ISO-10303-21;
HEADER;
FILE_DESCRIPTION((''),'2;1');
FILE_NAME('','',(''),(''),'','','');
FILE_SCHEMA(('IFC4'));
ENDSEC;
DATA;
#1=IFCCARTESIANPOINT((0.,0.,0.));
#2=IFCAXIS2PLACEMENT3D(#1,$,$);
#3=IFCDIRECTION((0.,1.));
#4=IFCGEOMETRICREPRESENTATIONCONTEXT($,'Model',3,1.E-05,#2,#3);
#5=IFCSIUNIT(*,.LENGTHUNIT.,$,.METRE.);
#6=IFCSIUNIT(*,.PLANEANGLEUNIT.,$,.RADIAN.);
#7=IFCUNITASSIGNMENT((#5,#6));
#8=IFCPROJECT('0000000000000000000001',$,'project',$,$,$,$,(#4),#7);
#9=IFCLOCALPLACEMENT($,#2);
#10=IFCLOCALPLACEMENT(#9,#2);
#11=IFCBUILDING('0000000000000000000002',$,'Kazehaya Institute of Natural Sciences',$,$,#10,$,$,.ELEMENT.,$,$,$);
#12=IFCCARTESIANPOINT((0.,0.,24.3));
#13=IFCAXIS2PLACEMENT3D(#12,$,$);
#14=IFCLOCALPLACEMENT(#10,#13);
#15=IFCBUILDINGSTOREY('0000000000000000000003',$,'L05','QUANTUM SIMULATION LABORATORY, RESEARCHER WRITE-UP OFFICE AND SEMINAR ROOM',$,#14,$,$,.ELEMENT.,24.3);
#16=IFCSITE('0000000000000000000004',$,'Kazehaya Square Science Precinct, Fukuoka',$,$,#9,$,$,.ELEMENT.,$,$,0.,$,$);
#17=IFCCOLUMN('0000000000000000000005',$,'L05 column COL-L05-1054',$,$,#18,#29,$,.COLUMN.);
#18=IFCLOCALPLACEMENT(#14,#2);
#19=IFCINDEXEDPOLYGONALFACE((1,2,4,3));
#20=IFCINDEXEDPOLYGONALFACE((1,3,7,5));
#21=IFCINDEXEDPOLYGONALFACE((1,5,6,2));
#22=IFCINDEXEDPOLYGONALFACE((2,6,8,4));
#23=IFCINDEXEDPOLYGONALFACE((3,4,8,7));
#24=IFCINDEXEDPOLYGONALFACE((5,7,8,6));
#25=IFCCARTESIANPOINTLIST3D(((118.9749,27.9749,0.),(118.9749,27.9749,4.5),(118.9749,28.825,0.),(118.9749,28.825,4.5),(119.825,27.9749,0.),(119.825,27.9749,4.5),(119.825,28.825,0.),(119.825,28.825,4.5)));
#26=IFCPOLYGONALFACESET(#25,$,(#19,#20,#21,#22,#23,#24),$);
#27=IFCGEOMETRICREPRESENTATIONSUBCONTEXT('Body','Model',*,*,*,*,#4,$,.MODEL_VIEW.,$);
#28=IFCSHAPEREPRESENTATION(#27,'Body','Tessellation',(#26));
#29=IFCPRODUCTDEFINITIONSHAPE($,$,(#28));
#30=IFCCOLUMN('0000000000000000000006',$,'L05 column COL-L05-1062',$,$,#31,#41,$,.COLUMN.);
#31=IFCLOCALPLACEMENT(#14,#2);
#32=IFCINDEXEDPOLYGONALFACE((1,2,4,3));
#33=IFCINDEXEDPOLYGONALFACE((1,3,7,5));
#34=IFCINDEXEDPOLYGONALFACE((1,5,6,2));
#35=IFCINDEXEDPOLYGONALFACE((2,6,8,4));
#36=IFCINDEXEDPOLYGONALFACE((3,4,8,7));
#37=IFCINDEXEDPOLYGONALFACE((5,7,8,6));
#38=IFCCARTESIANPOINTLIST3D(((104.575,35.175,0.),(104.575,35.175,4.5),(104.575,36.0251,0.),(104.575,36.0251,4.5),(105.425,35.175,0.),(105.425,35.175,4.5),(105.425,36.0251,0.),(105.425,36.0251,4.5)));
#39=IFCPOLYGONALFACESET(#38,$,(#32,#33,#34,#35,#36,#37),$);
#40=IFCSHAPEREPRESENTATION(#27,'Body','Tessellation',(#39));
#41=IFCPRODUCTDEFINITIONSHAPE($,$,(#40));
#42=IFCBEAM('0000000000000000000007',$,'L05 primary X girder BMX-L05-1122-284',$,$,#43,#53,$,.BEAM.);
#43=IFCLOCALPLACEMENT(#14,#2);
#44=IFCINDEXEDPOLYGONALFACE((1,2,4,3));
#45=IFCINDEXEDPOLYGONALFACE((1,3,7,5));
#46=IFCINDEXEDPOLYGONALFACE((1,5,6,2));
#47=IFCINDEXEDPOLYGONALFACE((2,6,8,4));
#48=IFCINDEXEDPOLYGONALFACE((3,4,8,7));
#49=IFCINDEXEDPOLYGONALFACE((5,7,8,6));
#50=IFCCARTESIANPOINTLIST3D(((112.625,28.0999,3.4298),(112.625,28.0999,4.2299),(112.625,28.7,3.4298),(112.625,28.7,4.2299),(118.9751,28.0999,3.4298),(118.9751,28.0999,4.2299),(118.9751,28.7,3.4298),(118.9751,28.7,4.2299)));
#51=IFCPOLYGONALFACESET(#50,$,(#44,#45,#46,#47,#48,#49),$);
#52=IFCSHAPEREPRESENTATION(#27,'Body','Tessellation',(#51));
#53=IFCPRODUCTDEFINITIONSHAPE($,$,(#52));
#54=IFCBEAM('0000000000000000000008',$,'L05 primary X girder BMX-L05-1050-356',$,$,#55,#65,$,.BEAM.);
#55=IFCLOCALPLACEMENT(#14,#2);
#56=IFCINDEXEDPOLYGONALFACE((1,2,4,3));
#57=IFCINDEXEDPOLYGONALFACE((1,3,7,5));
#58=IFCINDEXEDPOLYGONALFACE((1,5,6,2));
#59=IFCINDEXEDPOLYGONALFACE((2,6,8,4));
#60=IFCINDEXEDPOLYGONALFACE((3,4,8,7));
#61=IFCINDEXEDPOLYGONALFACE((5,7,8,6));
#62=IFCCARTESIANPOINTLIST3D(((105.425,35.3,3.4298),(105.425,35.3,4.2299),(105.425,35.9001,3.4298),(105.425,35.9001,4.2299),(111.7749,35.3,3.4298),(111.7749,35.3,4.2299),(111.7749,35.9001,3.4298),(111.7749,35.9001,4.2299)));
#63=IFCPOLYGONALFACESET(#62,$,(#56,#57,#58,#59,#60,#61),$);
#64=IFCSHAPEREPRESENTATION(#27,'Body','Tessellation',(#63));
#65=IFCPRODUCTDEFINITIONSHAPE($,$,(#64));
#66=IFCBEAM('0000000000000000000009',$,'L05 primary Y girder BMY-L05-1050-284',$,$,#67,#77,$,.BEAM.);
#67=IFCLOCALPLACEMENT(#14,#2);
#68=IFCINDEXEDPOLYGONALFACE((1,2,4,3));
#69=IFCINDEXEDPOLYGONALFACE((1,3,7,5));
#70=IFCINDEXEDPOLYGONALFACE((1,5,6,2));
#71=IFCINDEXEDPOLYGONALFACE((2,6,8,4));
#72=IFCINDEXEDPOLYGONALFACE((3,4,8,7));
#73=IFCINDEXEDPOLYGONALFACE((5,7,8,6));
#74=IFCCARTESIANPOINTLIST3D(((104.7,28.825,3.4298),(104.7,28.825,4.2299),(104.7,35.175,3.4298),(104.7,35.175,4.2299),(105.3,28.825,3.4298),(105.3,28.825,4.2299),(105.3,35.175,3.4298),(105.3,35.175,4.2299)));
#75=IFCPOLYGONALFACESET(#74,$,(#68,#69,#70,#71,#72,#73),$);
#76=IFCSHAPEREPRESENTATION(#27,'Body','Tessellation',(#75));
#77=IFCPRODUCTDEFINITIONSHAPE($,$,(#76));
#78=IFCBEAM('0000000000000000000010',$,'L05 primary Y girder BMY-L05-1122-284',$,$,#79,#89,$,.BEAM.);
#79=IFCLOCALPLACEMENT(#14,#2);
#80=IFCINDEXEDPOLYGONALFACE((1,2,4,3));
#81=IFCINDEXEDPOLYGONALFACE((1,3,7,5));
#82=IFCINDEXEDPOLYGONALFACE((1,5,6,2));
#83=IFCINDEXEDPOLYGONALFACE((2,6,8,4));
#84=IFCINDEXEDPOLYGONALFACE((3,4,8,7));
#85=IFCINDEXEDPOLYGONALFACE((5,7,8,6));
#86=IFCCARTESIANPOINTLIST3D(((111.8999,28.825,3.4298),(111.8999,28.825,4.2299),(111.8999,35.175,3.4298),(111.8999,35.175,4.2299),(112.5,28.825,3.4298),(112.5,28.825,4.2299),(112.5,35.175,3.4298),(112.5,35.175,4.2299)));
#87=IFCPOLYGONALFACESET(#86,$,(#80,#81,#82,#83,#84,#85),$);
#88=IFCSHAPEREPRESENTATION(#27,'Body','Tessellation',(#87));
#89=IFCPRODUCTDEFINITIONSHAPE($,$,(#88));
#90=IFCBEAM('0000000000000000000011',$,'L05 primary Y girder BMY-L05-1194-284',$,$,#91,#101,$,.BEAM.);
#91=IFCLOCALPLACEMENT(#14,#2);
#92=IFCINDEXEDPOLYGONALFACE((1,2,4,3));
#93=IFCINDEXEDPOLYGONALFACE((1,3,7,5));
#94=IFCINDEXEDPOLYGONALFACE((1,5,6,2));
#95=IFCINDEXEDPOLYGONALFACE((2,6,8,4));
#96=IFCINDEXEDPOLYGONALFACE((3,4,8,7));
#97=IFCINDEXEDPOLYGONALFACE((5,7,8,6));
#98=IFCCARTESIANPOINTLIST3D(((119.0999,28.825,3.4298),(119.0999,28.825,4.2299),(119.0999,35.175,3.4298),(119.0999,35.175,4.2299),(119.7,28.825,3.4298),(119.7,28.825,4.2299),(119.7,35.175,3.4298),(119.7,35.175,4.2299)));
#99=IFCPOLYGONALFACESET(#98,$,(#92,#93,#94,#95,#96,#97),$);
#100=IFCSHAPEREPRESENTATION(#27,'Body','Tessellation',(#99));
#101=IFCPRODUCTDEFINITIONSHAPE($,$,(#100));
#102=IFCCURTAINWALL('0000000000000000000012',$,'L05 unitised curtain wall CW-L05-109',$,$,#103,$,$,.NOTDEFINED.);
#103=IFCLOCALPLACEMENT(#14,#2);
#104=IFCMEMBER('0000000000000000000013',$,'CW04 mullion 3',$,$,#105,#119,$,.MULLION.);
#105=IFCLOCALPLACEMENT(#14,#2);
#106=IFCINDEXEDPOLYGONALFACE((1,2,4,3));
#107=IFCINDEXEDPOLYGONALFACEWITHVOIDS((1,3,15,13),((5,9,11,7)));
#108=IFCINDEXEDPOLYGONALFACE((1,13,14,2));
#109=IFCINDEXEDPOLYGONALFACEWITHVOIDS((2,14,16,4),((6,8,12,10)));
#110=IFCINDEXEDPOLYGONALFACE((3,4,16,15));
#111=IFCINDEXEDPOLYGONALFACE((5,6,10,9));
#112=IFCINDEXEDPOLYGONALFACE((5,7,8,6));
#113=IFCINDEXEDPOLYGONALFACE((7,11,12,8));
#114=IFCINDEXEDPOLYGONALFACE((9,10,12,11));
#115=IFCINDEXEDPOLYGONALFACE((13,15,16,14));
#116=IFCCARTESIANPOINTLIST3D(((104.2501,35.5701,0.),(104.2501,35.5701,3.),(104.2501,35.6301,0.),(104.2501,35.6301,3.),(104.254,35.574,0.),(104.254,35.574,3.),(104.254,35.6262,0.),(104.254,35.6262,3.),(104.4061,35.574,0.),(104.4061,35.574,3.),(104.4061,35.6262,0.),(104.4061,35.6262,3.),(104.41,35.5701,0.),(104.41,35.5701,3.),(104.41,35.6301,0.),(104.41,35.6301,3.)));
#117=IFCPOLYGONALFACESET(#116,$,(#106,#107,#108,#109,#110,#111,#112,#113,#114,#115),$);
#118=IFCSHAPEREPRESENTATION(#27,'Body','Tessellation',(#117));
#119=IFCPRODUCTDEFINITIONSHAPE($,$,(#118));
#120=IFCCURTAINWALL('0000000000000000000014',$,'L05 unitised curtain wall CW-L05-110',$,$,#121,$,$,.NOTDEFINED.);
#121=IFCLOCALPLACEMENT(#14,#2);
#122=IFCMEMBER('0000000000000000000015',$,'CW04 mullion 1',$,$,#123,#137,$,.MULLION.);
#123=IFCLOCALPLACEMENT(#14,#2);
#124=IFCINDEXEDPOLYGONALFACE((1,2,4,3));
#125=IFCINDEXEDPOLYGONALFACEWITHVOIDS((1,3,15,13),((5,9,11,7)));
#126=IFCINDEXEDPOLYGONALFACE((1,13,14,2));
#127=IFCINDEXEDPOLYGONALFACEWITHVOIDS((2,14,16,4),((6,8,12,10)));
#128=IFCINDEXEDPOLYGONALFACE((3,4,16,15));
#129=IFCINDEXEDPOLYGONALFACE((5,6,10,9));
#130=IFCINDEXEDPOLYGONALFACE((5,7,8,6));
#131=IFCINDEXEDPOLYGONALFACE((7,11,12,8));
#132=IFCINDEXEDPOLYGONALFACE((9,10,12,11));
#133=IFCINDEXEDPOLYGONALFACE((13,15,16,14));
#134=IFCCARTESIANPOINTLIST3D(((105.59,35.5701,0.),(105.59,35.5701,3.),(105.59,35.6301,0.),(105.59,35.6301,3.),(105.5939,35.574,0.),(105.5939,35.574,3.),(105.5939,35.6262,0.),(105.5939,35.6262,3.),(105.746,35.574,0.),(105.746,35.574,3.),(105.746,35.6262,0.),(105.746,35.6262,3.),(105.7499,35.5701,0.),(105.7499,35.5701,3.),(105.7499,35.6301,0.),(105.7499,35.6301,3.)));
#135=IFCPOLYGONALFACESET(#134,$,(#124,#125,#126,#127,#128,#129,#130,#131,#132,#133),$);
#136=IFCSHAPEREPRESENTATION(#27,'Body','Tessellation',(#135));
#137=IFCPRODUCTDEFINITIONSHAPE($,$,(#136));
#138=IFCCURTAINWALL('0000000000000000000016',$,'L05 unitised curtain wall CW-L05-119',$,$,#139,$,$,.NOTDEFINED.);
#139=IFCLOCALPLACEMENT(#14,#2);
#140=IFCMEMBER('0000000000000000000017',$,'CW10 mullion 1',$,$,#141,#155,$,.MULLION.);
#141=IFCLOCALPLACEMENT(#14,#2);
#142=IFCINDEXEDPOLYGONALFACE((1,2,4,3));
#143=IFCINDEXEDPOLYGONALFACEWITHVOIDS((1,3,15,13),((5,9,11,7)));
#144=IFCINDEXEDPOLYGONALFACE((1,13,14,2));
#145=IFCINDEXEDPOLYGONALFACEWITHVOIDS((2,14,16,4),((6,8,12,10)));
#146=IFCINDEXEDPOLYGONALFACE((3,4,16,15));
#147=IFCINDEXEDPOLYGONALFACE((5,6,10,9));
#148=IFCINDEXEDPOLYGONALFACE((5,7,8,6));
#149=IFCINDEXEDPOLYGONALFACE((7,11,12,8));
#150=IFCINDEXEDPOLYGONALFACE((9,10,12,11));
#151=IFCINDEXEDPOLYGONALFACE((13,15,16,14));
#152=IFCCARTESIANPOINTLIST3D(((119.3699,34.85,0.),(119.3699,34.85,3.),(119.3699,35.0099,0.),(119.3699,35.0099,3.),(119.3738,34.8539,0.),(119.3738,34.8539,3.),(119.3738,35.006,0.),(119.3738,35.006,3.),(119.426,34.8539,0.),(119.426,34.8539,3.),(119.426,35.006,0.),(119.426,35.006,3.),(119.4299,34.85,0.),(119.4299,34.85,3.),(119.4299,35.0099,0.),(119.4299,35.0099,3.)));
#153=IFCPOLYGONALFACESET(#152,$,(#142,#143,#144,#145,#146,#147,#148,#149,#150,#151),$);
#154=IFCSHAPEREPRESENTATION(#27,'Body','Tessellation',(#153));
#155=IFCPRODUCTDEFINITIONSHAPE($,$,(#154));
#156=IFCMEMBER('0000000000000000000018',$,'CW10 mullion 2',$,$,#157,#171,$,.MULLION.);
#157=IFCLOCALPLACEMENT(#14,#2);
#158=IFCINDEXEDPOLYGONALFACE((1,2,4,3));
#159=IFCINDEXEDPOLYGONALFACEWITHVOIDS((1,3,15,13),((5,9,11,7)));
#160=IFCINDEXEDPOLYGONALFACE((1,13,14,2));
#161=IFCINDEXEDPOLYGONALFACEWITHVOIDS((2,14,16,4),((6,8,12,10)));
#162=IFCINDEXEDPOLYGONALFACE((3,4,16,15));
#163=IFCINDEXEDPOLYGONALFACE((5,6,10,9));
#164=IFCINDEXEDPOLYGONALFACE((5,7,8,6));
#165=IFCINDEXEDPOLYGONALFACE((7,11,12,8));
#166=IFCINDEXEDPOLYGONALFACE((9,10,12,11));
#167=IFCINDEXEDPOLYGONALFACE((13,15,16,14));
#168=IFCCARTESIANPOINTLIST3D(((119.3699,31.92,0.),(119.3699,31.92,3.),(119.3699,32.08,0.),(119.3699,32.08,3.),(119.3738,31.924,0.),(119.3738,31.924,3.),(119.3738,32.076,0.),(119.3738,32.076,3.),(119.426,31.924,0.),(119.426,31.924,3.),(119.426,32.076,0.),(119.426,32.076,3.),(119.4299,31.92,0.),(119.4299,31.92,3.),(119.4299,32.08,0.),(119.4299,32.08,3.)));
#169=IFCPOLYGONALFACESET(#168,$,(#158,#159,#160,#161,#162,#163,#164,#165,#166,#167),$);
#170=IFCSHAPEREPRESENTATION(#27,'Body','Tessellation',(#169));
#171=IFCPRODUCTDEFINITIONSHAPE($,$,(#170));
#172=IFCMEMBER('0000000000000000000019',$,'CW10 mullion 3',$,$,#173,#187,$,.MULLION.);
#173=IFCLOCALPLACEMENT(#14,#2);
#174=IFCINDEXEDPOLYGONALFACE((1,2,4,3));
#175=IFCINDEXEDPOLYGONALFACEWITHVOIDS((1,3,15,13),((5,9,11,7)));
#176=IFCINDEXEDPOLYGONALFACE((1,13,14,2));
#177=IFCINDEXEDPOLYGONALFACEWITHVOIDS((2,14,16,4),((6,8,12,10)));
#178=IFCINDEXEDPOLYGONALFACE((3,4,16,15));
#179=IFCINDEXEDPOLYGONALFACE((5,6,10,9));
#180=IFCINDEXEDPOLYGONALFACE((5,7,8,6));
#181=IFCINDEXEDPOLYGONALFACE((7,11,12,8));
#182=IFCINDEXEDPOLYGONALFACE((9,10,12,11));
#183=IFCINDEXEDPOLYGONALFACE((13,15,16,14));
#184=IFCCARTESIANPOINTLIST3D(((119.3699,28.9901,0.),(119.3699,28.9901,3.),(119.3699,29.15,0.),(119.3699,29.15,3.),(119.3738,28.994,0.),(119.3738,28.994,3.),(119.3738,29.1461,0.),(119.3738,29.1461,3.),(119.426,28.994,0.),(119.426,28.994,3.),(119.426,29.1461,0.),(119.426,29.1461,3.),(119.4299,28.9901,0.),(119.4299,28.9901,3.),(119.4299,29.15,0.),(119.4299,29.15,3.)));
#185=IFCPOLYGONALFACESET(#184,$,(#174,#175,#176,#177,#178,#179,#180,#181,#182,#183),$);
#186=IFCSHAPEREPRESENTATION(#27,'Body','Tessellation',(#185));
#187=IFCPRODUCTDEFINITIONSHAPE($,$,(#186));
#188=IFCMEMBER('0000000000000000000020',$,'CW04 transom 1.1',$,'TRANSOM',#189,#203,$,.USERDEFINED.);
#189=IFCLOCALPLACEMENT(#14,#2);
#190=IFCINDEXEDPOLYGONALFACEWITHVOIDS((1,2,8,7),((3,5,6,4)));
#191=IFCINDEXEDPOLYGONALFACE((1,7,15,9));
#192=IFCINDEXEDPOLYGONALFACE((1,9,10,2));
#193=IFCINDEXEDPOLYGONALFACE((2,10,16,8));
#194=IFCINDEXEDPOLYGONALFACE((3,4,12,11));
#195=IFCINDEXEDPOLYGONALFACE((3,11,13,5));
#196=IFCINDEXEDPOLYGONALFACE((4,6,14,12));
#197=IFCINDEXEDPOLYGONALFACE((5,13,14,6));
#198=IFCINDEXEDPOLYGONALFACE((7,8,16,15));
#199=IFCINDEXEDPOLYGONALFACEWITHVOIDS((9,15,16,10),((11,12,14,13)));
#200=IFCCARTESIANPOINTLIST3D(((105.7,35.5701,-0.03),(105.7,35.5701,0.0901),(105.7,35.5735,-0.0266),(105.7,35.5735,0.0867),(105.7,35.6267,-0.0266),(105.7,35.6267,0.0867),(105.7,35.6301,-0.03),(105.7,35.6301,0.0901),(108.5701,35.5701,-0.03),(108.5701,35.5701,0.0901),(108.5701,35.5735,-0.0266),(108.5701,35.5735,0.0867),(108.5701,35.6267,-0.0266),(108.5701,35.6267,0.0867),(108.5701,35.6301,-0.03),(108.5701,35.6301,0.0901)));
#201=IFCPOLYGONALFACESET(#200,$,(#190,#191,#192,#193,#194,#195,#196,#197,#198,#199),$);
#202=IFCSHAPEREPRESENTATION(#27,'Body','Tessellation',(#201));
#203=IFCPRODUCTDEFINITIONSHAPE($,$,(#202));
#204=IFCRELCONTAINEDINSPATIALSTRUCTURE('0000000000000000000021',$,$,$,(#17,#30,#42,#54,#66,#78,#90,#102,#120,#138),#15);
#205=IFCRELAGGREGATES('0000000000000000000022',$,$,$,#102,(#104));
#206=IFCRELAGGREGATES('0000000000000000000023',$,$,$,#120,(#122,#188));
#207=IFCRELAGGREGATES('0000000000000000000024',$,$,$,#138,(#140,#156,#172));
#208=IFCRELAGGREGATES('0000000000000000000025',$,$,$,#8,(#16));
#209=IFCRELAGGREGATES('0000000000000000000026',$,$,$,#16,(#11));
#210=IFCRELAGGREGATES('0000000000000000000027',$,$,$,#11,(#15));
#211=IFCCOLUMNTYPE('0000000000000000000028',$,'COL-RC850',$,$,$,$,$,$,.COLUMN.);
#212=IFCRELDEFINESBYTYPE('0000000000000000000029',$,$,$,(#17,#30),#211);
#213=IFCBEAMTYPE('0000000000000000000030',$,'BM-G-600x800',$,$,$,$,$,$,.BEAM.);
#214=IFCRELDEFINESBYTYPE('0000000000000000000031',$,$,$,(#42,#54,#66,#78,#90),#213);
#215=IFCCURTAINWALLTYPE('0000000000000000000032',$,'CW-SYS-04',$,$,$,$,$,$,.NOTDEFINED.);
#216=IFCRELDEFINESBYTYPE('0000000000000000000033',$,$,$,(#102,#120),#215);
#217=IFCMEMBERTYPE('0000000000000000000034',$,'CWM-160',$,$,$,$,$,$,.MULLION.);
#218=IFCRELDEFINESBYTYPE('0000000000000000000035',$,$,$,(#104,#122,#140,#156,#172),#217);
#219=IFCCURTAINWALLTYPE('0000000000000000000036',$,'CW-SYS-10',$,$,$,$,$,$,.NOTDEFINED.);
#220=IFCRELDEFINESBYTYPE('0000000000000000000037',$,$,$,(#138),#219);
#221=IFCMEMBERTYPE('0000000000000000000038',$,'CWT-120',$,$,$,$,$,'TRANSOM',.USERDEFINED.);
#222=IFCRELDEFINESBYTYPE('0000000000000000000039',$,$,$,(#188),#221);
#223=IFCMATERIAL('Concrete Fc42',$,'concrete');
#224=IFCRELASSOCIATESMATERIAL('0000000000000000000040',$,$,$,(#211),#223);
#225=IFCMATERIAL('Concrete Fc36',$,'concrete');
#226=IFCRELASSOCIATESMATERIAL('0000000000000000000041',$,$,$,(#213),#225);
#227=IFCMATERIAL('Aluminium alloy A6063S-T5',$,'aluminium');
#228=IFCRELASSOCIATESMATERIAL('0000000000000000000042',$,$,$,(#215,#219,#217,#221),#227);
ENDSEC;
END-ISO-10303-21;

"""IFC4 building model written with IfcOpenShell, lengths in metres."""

from ifc_helpers import new_model, si_unit, direction, frame, origin, origin_2d, place, context, subcontext, project, spatial, rectangle, hollow_rectangle, extrude, material, material_profile, profile_set, type_object, element, aggregate, save


model = new_model("IFC4")

# Units and contexts
model_context = context("Model", 3, precision=1e-05, world=origin(), true_north=direction((0.0, 1.0)))
body_context = subcontext(model_context, "Body", "Model", "MODEL_VIEW")
ifc_project = project(units=[si_unit("LENGTHUNIT", "METRE"), si_unit("PLANEANGLEUNIT", "RADIAN")], contexts=[model_context])

# Site, building, storey
site_placement = place(None, origin())
site = spatial("IfcSite", under=ifc_project, at=site_placement, Name="Kazehaya Square Science Precinct, Fukuoka", CompositionType="ELEMENT", RefElevation=0.0)
building_placement = place(site_placement, origin())
building = spatial("IfcBuilding", under=site, at=building_placement, Name="Kazehaya Institute of Natural Sciences", CompositionType="ELEMENT")
storey_placement = place(building_placement, frame((0.0, 0.0, 24.3)))
storey = spatial("IfcBuildingStorey", under=building, at=storey_placement, Name="L05", Description="QUANTUM SIMULATION LABORATORY, RESEARCHER WRITE-UP OFFICE AND SEMINAR ROOM", CompositionType="ELEMENT", Elevation=24.3)

# Columns
ifc_material_1 = material(Name="Concrete Fc42", Category="concrete")
ifc_material_profile_1 = material_profile(ifc_material_1, rectangle(XDim=0.8501, YDim=0.8501, at=origin_2d()), Name="RC-850x850")
ifc_profile_set_1 = profile_set([ifc_material_profile_1], Name="Concrete Fc42")
column_type = type_object("IfcColumnType", Name="COL-RC850", PredefinedType="COLUMN", material=ifc_profile_set_1)
for number, where, z_axis, x_axis, name in (
    (1, (119.3999, 28.3999, 0.0), (0.0, 0.0, 1.0), (1.0, 0.0, 0.0), "L05 column COL-L05-1054"),
    (2, (105.0, 35.6001, 0.0), (0.0, 0.0, 1.0), (1.0, 0.0, 0.0), "L05 column COL-L05-1062"),
):
    element("IfcColumn", number, at=place(storey_placement, frame(where, z_axis=z_axis, x_axis=x_axis)), inside=storey, type_object=column_type, Name=name, PredefinedType="COLUMN", context=body_context, shape_type="SweptSolid", body=[
        extrude(rectangle(XDim=0.8501, YDim=0.8501, at=origin_2d()), origin(), (0.0, 0.0, 1.0), 4.5),
    ])

# Beams
ifc_material_2 = material(Name="Concrete Fc36", Category="concrete")
ifc_material_profile_2 = material_profile(ifc_material_2, rectangle(XDim=0.6001, YDim=0.8, at=origin_2d()), Name="RC-600x800")
ifc_profile_set_2 = profile_set([ifc_material_profile_2], Name="Concrete Fc36")
beam_type = type_object("IfcBeamType", Name="BM-G-600x800", PredefinedType="BEAM", material=ifc_profile_set_2)
beam_1_placement = place(storey_placement, frame((112.625, 28.3999, 3.8298), z_axis=(1.0, 0.0, 0.0), x_axis=(0.0, 1.0, 0.0)))
element("IfcBeam", 3, at=beam_1_placement, inside=storey, type_object=beam_type, Name="L05 primary X girder BMX-L05-1122-284", PredefinedType="BEAM", context=body_context, shape_type="SweptSolid", body=[
    extrude(rectangle(XDim=0.6001, YDim=0.8, at=origin_2d()), origin(), (0.0, 0.0, 1.0), 6.3501),
])
beam_2_placement = place(storey_placement, frame((105.425, 35.6001, 3.8298), z_axis=(1.0, 0.0, 0.0), x_axis=(0.0, 1.0, 0.0)))
element("IfcBeam", 4, at=beam_2_placement, inside=storey, type_object=beam_type, Name="L05 primary X girder BMX-L05-1050-356", PredefinedType="BEAM", context=body_context, shape_type="SweptSolid", body=[
    extrude(rectangle(XDim=0.6001, YDim=0.8, at=origin_2d()), origin(), (0.0, 0.0, 1.0), 6.3499),
])
for number, where, z_axis, x_axis, name in (
    (5, (105.0, 28.825, 3.8298), (0.0, 1.0, 0.0), (-1.0, 0.0, 0.0), "L05 primary Y girder BMY-L05-1050-284"),
    (6, (112.2, 28.825, 3.8298), (0.0, 1.0, 0.0), (-1.0, 0.0, 0.0), "L05 primary Y girder BMY-L05-1122-284"),
    (7, (119.3999, 28.825, 3.8298), (0.0, 1.0, 0.0), (-1.0, 0.0, 0.0), "L05 primary Y girder BMY-L05-1194-284"),
):
    element("IfcBeam", number, at=place(storey_placement, frame(where, z_axis=z_axis, x_axis=x_axis)), inside=storey, type_object=beam_type, Name=name, PredefinedType="BEAM", context=body_context, shape_type="SweptSolid", body=[
        extrude(rectangle(XDim=0.6001, YDim=0.8, at=origin_2d()), origin(), (0.0, 0.0, 1.0), 6.3501),
    ])

# Curtain walls, members
ifc_material_3 = material(Name="Aluminium alloy A6063S-T5", Category="aluminium")
curtain_wall_type_1 = type_object("IfcCurtainWallType", Name="CW-SYS-04", PredefinedType="NOTDEFINED", material=ifc_material_3)
curtain_wall_1_placement = place(storey_placement, origin())
curtain_wall_1 = element("IfcCurtainWall", 8, at=curtain_wall_1_placement, inside=storey, type_object=curtain_wall_type_1, Name="L05 unitised curtain wall CW-L05-109", PredefinedType="NOTDEFINED")
ifc_material_profile_3 = material_profile(ifc_material_3, hollow_rectangle(XDim=0.0601, YDim=0.1599, WallThickness=0.0039, at=origin_2d()), Name="ALU-60x160x4")
ifc_profile_set_3 = profile_set([ifc_material_profile_3], Name="Aluminium alloy A6063S-T5")
member_type_1 = type_object("IfcMemberType", Name="CWM-160", PredefinedType="MULLION", material=ifc_profile_set_3)
member_1_placement = place(storey_placement, frame((104.3301, 35.6001, 0.0), z_axis=(0.0, 0.0, 1.0), x_axis=(0.0, 1.0, 0.0)))
member_1 = element("IfcMember", 9, at=member_1_placement, type_object=member_type_1, Name="CW04 mullion 3", PredefinedType="MULLION", context=body_context, shape_type="SweptSolid", body=[
    extrude(hollow_rectangle(XDim=0.0601, YDim=0.1599, WallThickness=0.0039, at=origin_2d()), origin(), (0.0, 0.0, 1.0), 3.0),
])
aggregate(curtain_wall_1, [member_1])
curtain_wall_2_placement = place(storey_placement, origin())
curtain_wall_2 = element("IfcCurtainWall", 10, at=curtain_wall_2_placement, inside=storey, type_object=curtain_wall_type_1, Name="L05 unitised curtain wall CW-L05-110", PredefinedType="NOTDEFINED")
member_2_placement = place(storey_placement, frame((105.6699, 35.6001, 0.0), z_axis=(0.0, 0.0, 1.0), x_axis=(0.0, 1.0, 0.0)))
member_2 = element("IfcMember", 11, at=member_2_placement, type_object=member_type_1, Name="CW04 mullion 1", PredefinedType="MULLION", context=body_context, shape_type="SweptSolid", body=[
    extrude(hollow_rectangle(XDim=0.0601, YDim=0.1599, WallThickness=0.0039, at=origin_2d()), origin(), (0.0, 0.0, 1.0), 3.0),
])

# Curtain wall, members
curtain_wall_type_2 = type_object("IfcCurtainWallType", Name="CW-SYS-10", PredefinedType="NOTDEFINED", material=ifc_material_3)
curtain_wall_3_placement = place(storey_placement, origin())
curtain_wall_3 = element("IfcCurtainWall", 12, at=curtain_wall_3_placement, inside=storey, type_object=curtain_wall_type_2, Name="L05 unitised curtain wall CW-L05-119", PredefinedType="NOTDEFINED")
member_3_placement = place(storey_placement, frame((119.3999, 34.9299, 0.0), z_axis=(0.0, 0.0, 1.0), x_axis=(1.0, 0.0, 0.0)))
member_3 = element("IfcMember", 13, at=member_3_placement, type_object=member_type_1, Name="CW10 mullion 1", PredefinedType="MULLION", context=body_context, shape_type="SweptSolid", body=[
    extrude(hollow_rectangle(XDim=0.0601, YDim=0.1599, WallThickness=0.0039, at=origin_2d()), origin(), (0.0, 0.0, 1.0), 3.0),
])
member_4_placement = place(storey_placement, frame((119.3999, 32.0, 0.0), z_axis=(0.0, 0.0, 1.0), x_axis=(1.0, 0.0, 0.0)))
member_4 = element("IfcMember", 14, at=member_4_placement, type_object=member_type_1, Name="CW10 mullion 2", PredefinedType="MULLION", context=body_context, shape_type="SweptSolid", body=[
    extrude(hollow_rectangle(XDim=0.0601, YDim=0.1599, WallThickness=0.0039, at=origin_2d()), origin(), (0.0, 0.0, 1.0), 3.0),
])
member_5_placement = place(storey_placement, frame((119.3999, 29.0701, 0.0), z_axis=(0.0, 0.0, 1.0), x_axis=(1.0, 0.0, 0.0)))
member_5 = element("IfcMember", 15, at=member_5_placement, type_object=member_type_1, Name="CW10 mullion 3", PredefinedType="MULLION", context=body_context, shape_type="SweptSolid", body=[
    extrude(hollow_rectangle(XDim=0.0601, YDim=0.1599, WallThickness=0.0039, at=origin_2d()), origin(), (0.0, 0.0, 1.0), 3.0),
])

# Member
ifc_material_profile_4 = material_profile(ifc_material_3, hollow_rectangle(XDim=0.0601, YDim=0.1201, WallThickness=0.0034, at=origin_2d()), Name="ALU-60x120x3.5")
ifc_profile_set_4 = profile_set([ifc_material_profile_4], Name="Aluminium alloy A6063S-T5")
member_type_2 = type_object("IfcMemberType", Name="CWT-120", ElementType="TRANSOM", PredefinedType="USERDEFINED", material=ifc_profile_set_4)
member_6_placement = place(storey_placement, frame((105.7, 35.6001, 0.03), z_axis=(1.0, 0.0, 0.0), x_axis=(0.0, 1.0, 0.0)))
member_6 = element("IfcMember", 16, at=member_6_placement, type_object=member_type_2, Name="CW04 transom 1.1", ObjectType="TRANSOM", PredefinedType="USERDEFINED", context=body_context, shape_type="SweptSolid", body=[
    extrude(hollow_rectangle(XDim=0.0601, YDim=0.1201, WallThickness=0.0034, at=origin_2d()), origin(), (0.0, 0.0, 1.0), 2.8701),
])
aggregate(curtain_wall_2, [member_2, member_6])

aggregate(curtain_wall_3, [member_3, member_4, member_5])

save(model, "model.ifc")
